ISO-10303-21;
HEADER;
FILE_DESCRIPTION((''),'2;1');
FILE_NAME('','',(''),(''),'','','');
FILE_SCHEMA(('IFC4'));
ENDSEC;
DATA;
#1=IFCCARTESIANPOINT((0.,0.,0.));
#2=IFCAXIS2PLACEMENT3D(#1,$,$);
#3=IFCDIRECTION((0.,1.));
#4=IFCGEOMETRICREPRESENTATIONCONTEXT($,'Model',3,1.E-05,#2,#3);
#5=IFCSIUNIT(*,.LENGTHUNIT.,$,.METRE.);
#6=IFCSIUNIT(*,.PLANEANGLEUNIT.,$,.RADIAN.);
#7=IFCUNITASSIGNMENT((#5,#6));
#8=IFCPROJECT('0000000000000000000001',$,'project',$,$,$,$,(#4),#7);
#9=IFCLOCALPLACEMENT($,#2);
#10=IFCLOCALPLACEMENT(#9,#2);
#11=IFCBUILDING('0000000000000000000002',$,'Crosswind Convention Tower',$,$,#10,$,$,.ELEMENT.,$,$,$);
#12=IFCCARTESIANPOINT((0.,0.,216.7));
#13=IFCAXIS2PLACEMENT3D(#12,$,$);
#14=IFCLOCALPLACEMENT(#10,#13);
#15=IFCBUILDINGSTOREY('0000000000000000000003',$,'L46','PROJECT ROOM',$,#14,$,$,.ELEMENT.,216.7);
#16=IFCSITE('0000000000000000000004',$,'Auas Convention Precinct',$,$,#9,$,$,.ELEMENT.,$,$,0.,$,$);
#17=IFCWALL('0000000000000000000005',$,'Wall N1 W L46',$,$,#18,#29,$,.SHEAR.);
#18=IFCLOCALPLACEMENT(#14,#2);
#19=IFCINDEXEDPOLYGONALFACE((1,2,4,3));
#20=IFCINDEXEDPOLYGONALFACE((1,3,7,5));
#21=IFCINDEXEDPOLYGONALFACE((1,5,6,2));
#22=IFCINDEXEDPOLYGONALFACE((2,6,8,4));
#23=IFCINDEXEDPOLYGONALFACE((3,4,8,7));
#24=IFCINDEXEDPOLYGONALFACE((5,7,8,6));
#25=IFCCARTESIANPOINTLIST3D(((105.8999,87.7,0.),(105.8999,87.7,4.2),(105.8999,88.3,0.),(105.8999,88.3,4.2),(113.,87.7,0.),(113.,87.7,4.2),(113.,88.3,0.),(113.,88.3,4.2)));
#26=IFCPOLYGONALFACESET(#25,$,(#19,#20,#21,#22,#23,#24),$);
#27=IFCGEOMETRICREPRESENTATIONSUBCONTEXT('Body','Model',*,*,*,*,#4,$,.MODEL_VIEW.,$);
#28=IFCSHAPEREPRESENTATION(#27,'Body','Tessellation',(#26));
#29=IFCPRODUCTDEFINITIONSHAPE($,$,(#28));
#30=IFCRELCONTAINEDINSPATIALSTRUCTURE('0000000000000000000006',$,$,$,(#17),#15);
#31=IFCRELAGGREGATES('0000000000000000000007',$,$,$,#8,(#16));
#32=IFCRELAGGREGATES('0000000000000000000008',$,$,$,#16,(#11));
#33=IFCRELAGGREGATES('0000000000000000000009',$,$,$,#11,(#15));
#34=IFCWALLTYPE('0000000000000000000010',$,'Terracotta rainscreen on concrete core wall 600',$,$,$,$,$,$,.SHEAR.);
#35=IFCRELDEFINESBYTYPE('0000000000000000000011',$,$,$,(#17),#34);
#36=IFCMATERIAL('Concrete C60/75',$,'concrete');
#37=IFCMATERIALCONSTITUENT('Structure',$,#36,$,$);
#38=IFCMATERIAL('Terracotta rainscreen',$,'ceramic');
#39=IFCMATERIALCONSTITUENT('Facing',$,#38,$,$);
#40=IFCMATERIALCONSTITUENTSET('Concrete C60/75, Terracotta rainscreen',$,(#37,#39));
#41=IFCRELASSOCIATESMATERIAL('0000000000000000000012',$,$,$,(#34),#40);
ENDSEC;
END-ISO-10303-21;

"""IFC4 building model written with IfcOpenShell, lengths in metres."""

from ifc_helpers import new_model, si_unit, direction, frame, frame_2d, origin, place, context, subcontext, project, spatial, rectangle, extrude, material, constituent, constituent_set, type_object, element, save


model = new_model("IFC4")

# Units and contexts
model_context = context("Model", 3, precision=1e-05, world=origin(), true_north=direction((0.0, 1.0)))
body_context = subcontext(model_context, "Body", "Model", "MODEL_VIEW")
ifc_project = project(units=[si_unit("LENGTHUNIT", "METRE"), si_unit("PLANEANGLEUNIT", "RADIAN")], contexts=[model_context])

# Site, building, storey
site_placement = place(None, origin())
site = spatial("IfcSite", under=ifc_project, at=site_placement, Name="Auas Convention Precinct", CompositionType="ELEMENT", RefElevation=0.0)
building_placement = place(site_placement, origin())
building = spatial("IfcBuilding", under=site, at=building_placement, Name="Crosswind Convention Tower", CompositionType="ELEMENT")
storey_placement = place(building_placement, frame((0.0, 0.0, 216.7)))
storey = spatial("IfcBuildingStorey", under=building, at=storey_placement, Name="L46", Description="PROJECT ROOM", CompositionType="ELEMENT", Elevation=216.7)

# Shared definitions
ifc_material_1 = material(Name="Concrete C60/75", Category="concrete")

# Wall
ifc_constituent_1 = constituent(ifc_material_1, Name="Structure")
ifc_material_2 = material(Name="Terracotta rainscreen", Category="ceramic")
ifc_constituent_2 = constituent(ifc_material_2, Name="Facing")
ifc_constituent_set = constituent_set(constituents=[ifc_constituent_1, ifc_constituent_2], Name="Concrete C60/75, Terracotta rainscreen")
wall_type_1 = type_object("IfcWallType", Name="Terracotta rainscreen on concrete core wall 600", PredefinedType="SHEAR", material=ifc_constituent_set)
wall_1_placement = place(storey_placement, frame((113.0, 88.0, 0.0), z_axis=(0.0, 0.0, 1.0), x_axis=(-1.0, 0.0, 0.0)))
element("IfcWall", 1, at=wall_1_placement, inside=storey, type_object=wall_type_1, Name="Wall N1 W L46", PredefinedType="SHEAR", context=body_context, shape_type="SweptSolid", body=[
    extrude(rectangle(XDim=7.1001, YDim=0.6001, at=frame_2d((3.55, 0.0))), origin(), (0.0, 0.0, 1.0), 4.2),
])

save(model, "model.ifc")
